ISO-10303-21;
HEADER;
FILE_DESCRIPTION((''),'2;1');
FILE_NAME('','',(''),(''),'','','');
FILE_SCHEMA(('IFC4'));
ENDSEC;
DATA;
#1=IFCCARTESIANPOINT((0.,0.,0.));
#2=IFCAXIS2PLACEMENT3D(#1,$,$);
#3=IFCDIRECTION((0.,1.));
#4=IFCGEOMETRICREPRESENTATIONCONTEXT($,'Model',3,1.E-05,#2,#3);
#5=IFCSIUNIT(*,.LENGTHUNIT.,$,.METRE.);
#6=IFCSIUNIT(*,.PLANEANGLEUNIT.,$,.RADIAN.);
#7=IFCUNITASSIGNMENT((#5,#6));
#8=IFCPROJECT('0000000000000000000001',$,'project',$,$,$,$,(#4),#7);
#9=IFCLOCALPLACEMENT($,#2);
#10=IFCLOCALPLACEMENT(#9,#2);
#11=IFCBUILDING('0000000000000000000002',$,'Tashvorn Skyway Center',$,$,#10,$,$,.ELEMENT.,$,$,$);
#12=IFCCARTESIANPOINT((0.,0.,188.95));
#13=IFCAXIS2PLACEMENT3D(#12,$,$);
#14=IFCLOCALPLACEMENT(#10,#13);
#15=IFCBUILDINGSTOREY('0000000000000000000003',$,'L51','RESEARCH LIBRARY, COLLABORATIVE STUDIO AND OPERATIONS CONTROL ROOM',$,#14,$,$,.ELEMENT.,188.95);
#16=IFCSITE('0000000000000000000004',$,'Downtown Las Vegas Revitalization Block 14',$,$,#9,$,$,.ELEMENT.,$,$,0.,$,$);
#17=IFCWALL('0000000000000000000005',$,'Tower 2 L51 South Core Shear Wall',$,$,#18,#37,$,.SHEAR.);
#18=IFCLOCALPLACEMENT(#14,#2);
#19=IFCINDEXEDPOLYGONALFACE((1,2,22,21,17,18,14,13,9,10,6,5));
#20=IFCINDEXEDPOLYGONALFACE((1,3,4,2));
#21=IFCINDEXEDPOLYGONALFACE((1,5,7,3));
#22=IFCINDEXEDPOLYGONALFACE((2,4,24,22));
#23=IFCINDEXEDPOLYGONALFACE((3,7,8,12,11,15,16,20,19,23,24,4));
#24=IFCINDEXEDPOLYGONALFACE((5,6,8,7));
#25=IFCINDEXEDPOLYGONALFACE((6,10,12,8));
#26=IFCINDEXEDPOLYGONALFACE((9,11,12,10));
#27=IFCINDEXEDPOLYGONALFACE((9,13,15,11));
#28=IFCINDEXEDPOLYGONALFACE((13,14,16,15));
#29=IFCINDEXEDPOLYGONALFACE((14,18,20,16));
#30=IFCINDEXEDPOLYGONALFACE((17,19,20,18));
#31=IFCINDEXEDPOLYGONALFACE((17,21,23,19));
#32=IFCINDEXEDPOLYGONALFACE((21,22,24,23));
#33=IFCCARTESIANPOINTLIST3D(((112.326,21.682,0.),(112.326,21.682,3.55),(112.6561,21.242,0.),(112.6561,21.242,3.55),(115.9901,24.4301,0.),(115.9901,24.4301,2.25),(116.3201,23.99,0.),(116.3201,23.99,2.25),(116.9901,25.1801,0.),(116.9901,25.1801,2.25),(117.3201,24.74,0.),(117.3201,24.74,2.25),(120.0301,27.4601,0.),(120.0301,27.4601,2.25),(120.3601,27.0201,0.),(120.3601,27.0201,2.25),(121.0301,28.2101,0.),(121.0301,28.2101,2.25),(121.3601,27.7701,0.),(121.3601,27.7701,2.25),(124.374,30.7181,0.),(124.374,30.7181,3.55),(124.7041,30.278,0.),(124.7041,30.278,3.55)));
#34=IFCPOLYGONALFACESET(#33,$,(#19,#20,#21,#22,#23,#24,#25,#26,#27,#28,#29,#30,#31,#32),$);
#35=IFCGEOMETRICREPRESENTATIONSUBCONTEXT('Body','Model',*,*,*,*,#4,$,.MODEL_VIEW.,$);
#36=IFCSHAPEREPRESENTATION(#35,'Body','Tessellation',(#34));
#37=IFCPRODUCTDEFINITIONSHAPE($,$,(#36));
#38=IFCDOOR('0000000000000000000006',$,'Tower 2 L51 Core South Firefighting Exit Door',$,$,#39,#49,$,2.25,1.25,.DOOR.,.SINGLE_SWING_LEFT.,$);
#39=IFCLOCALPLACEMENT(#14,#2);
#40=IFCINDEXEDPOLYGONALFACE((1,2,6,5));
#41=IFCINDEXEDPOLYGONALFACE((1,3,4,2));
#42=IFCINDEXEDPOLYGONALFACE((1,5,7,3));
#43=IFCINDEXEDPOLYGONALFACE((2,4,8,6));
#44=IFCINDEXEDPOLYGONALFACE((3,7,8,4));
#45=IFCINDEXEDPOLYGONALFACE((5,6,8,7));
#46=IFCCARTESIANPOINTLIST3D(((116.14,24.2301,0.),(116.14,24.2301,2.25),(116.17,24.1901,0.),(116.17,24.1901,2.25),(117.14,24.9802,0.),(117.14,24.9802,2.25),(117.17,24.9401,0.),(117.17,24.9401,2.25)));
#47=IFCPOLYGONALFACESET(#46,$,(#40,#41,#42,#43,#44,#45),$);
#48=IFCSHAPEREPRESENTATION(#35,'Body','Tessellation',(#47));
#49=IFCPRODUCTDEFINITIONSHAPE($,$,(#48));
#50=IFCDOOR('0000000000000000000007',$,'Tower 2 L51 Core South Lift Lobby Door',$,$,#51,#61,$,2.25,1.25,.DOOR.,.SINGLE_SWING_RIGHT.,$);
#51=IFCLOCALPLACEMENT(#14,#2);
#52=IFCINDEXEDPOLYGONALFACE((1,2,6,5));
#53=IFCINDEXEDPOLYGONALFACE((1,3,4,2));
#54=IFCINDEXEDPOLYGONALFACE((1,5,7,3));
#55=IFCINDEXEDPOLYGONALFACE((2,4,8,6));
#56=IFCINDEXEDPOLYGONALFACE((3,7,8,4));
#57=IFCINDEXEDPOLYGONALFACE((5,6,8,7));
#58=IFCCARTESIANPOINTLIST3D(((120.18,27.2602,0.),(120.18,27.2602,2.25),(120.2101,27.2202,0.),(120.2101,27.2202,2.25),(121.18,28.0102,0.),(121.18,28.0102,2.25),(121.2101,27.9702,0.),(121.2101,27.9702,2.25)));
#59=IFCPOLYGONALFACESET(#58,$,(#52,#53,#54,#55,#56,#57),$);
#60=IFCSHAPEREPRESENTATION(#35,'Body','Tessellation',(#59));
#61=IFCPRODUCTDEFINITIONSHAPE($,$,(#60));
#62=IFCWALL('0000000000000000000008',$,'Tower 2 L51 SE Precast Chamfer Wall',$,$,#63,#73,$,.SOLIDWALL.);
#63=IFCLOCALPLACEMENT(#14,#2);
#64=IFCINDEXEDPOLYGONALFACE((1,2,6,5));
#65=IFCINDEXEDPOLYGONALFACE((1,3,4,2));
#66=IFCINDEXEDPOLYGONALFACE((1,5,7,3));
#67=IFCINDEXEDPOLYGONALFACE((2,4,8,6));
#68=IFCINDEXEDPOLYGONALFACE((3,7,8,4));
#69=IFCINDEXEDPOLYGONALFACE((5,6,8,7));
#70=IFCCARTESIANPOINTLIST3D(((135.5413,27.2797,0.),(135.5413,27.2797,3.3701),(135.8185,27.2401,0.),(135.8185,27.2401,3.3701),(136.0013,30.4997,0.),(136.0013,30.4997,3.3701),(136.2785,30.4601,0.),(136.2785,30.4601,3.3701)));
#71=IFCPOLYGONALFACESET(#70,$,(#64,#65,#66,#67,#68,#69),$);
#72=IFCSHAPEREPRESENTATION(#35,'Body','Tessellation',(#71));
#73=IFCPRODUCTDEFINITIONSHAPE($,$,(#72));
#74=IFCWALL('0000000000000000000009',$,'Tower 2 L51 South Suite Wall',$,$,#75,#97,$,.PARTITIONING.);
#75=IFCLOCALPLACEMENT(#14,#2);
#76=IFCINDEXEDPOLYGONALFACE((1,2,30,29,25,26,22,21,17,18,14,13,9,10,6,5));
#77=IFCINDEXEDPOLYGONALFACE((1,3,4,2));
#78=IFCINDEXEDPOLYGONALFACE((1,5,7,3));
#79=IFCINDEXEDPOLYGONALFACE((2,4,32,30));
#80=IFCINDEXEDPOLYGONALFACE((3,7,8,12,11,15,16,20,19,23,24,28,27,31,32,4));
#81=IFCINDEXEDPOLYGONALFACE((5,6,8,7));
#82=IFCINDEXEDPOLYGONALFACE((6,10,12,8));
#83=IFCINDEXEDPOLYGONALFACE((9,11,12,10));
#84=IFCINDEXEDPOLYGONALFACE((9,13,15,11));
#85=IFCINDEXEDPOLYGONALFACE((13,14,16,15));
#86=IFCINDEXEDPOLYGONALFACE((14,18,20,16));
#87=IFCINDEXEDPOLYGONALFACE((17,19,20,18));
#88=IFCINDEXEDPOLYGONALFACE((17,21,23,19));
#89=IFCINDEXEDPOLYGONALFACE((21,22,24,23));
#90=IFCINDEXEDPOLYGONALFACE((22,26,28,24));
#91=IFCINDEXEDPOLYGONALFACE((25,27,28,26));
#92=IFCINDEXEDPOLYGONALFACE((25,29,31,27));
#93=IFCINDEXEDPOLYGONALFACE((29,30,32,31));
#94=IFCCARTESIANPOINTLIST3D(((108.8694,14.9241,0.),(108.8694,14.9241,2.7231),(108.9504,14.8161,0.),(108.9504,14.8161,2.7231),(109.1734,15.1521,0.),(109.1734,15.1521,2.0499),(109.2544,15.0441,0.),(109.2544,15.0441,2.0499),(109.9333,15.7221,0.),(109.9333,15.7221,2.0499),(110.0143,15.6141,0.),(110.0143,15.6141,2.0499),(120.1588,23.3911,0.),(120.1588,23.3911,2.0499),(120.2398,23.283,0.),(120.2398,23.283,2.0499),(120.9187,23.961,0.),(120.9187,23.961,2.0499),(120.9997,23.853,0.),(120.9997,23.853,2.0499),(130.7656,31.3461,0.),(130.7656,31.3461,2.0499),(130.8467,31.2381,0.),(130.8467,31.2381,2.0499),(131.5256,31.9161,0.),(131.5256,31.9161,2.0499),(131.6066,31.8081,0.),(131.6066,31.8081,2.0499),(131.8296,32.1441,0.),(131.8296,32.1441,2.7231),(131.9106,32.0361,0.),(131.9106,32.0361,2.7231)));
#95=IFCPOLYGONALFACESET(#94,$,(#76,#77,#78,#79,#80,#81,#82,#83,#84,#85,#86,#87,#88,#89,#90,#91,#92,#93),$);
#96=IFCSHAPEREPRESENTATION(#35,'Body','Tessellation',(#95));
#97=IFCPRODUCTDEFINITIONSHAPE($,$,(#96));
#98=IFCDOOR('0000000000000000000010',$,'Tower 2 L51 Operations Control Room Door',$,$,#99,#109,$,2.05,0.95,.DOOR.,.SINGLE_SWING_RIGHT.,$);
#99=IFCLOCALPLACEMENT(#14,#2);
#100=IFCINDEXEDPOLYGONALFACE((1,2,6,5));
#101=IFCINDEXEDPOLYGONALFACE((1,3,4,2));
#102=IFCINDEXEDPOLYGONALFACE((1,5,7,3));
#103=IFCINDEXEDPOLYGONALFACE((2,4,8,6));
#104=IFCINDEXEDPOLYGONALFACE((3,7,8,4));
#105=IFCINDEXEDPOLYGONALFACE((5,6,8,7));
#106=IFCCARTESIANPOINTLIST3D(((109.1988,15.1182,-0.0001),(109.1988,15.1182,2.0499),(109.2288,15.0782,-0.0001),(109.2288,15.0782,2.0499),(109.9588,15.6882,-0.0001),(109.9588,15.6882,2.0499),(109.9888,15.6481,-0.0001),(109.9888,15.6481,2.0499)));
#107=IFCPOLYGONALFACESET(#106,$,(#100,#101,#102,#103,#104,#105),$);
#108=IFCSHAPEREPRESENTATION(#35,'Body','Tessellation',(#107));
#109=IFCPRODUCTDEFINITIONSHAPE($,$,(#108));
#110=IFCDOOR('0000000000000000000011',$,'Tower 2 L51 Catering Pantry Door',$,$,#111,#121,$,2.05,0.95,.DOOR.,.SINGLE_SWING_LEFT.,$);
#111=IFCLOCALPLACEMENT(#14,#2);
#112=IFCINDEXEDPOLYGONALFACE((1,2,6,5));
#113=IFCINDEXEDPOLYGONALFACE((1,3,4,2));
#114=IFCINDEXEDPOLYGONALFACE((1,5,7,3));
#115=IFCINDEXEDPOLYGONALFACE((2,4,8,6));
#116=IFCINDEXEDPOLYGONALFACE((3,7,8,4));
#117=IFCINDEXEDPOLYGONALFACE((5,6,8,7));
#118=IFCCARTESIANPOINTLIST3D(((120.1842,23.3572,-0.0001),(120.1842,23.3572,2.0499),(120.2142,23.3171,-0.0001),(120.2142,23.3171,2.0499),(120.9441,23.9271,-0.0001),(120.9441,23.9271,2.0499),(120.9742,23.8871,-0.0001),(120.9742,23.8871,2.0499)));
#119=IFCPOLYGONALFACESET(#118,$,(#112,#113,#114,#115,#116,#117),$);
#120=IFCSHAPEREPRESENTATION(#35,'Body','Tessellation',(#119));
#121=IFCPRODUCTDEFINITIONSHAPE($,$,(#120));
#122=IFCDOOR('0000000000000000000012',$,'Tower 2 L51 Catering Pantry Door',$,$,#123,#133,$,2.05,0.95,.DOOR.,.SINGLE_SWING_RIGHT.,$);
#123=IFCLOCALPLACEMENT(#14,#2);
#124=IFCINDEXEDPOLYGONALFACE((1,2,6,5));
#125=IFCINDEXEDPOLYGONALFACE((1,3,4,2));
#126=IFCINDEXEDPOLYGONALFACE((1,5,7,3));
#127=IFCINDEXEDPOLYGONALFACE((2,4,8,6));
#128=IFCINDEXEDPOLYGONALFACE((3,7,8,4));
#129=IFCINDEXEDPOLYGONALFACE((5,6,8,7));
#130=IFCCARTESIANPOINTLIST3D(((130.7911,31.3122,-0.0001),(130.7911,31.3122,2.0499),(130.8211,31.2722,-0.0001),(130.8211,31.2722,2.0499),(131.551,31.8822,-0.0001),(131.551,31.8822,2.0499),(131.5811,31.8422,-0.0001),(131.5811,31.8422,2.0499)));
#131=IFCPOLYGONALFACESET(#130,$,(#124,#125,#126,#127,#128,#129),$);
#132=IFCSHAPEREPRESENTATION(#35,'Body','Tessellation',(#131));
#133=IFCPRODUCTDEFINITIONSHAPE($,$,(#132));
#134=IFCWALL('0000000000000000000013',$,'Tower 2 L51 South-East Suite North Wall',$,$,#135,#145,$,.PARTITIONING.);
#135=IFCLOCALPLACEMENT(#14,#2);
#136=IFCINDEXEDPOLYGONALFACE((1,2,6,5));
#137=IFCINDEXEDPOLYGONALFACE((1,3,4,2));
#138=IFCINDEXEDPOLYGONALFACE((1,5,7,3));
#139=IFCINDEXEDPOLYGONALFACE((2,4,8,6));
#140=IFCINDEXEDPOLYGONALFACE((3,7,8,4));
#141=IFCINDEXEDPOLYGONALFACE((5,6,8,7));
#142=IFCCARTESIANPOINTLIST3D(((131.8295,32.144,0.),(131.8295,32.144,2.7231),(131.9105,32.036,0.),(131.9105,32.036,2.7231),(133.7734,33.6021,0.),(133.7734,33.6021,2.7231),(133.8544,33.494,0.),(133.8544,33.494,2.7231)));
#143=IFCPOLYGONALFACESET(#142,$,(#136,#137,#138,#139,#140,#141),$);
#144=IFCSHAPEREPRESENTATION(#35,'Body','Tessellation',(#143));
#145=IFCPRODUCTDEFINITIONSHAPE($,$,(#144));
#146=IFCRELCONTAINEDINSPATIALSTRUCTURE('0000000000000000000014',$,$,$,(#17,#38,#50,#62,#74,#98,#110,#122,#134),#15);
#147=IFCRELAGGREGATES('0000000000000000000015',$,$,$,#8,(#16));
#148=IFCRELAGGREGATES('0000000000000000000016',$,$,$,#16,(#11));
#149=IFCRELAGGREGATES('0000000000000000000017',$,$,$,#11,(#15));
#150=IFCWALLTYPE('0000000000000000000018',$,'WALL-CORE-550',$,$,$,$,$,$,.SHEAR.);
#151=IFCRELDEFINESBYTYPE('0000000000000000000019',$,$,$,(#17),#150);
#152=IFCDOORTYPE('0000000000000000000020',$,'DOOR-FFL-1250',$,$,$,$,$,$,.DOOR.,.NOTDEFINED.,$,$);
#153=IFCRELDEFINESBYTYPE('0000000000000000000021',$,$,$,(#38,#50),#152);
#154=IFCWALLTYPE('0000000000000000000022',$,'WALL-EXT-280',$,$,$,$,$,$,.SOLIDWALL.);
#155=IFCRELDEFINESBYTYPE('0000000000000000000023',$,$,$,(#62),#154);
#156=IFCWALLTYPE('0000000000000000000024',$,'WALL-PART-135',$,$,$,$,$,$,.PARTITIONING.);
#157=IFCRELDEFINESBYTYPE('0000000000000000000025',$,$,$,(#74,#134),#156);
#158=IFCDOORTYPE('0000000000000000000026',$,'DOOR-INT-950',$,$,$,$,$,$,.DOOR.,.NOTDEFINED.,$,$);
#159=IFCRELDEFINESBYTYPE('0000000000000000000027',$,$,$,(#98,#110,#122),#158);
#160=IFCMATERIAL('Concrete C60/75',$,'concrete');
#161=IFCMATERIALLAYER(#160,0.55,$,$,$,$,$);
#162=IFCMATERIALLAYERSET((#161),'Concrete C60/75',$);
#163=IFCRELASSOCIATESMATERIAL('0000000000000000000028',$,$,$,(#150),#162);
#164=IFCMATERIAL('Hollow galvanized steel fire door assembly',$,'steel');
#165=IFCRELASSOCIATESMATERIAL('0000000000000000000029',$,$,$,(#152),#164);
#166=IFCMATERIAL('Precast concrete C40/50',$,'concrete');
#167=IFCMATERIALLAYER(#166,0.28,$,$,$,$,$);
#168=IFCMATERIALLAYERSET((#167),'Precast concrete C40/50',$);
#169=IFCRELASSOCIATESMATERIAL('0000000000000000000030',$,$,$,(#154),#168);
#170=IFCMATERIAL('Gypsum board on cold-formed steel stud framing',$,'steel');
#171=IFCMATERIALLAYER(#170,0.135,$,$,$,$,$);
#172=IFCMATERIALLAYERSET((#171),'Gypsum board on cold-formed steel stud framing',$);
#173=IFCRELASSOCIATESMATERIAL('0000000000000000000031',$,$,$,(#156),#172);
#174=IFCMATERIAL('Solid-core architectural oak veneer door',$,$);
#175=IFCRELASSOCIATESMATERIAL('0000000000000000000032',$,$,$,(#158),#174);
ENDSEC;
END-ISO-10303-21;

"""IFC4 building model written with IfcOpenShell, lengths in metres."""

from ifc_helpers import new_model, si_unit, direction, frame, frame_2d, origin, place, context, subcontext, project, spatial, rectangle, extrude, material, layer, layer_set, type_object, element, fill, save


model = new_model("IFC4")

# Units and contexts
model_context = context("Model", 3, precision=1e-05, world=origin(), true_north=direction((0.0, 1.0)))
body_context = subcontext(model_context, "Body", "Model", "MODEL_VIEW")
ifc_project = project(units=[si_unit("LENGTHUNIT", "METRE"), si_unit("PLANEANGLEUNIT", "RADIAN")], contexts=[model_context])

# Site, building, storey
site_placement = place(None, origin())
site = spatial("IfcSite", under=ifc_project, at=site_placement, Name="Downtown Las Vegas Revitalization Block 14", CompositionType="ELEMENT", RefElevation=0.0)
building_placement = place(site_placement, origin())
building = spatial("IfcBuilding", under=site, at=building_placement, Name="Tashvorn Skyway Center", CompositionType="ELEMENT")
storey_placement = place(building_placement, frame((0.0, 0.0, 188.95)))
storey = spatial("IfcBuildingStorey", under=building, at=storey_placement, Name="L51", Description="RESEARCH LIBRARY, COLLABORATIVE STUDIO AND OPERATIONS CONTROL ROOM", CompositionType="ELEMENT", Elevation=188.95)

# Wall, openings, doors
ifc_material_1 = material(Name="Concrete C60/75", Category="concrete")
ifc_layer_1 = layer(ifc_material_1, 0.55)
ifc_layer_set_1 = layer_set([ifc_layer_1], Name="Concrete C60/75")
wall_type_1 = type_object("IfcWallType", Name="WALL-CORE-550", PredefinedType="SHEAR", material=ifc_layer_set_1)
wall_1_placement = place(storey_placement, frame((124.5391, 30.498, 0.0), z_axis=(0.0, 0.0, 1.0), x_axis=(-0.799998, -0.600003, 0.0)))
wall_1 = element("IfcWall", 1, at=wall_1_placement, inside=storey, type_object=wall_type_1, Name="Tower 2 L51 South Core Shear Wall", PredefinedType="SHEAR", context=body_context, shape_type="SweptSolid", body=[
    extrude(rectangle(XDim=15.0601, YDim=0.55, at=frame_2d((7.53, 0.0))), origin(), (0.0, 0.0, 1.0), 3.55),
])
opening_1_placement = place(wall_1_placement, frame((9.23, 0.0, 0.0)))
opening_1 = element("IfcOpeningElement", 2, at=opening_1_placement, cuts=wall_1, PredefinedType="OPENING", context=body_context, shape_type="SweptSolid", body=[
    extrude(rectangle(XDim=1.25, YDim=2.25, at=frame_2d((0.625, 1.125))), frame((0.0, 0.2849, 0.0), z_axis=(0.0, -1.0, 0.0), x_axis=(1.0, 0.0, 0.0)), (0.0, 0.0, 1.0), 0.5701),
])
opening_2_placement = place(wall_1_placement, frame((4.1799, 0.0, 0.0)))
opening_2 = element("IfcOpeningElement", 3, at=opening_2_placement, cuts=wall_1, PredefinedType="OPENING", context=body_context, shape_type="SweptSolid", body=[
    extrude(rectangle(XDim=1.25, YDim=2.25, at=frame_2d((0.625, 1.125))), frame((0.0, 0.2849, 0.0), z_axis=(0.0, -1.0, 0.0), x_axis=(1.0, 0.0, 0.0)), (0.0, 0.0, 1.0), 0.5701),
])
ifc_material_2 = material(Name="Hollow galvanized steel fire door assembly", Category="steel")
door_type_1 = type_object("IfcDoorType", Name="DOOR-FFL-1250", OperationType="NOTDEFINED", PredefinedType="DOOR", material=ifc_material_2)
door_1_placement = place(opening_1_placement, origin())
door_1 = element("IfcDoor", 4, at=door_1_placement, inside=storey, type_object=door_type_1, Name="Tower 2 L51 Core South Firefighting Exit Door", OperationType="SINGLE_SWING_LEFT", OverallHeight=2.25, OverallWidth=1.25, PredefinedType="DOOR", context=body_context, shape_type="SweptSolid", body=[
    extrude(rectangle(XDim=1.25, YDim=2.25, at=frame_2d((0.625, 1.125))), frame((0.0, 0.0249, 0.0), z_axis=(0.0, -1.0, 0.0), x_axis=(1.0, 0.0, 0.0)), (0.0, 0.0, 1.0), 0.05),
])
fill(opening_1, door_1)
door_2_placement = place(opening_2_placement, origin())
door_2 = element("IfcDoor", 5, at=door_2_placement, inside=storey, type_object=door_type_1, Name="Tower 2 L51 Core South Lift Lobby Door", OperationType="SINGLE_SWING_RIGHT", OverallHeight=2.25, OverallWidth=1.25, PredefinedType="DOOR", context=body_context, shape_type="SweptSolid", body=[
    extrude(rectangle(XDim=1.25, YDim=2.25, at=frame_2d((0.625, 1.125))), frame((0.0, 0.0249, 0.0), z_axis=(0.0, -1.0, 0.0), x_axis=(1.0, 0.0, 0.0)), (0.0, 0.0, 1.0), 0.05),
])
fill(opening_2, door_2)

# Wall
ifc_material_3 = material(Name="Precast concrete C40/50", Category="concrete")
ifc_layer_2 = layer(ifc_material_3, 0.28)
ifc_layer_set_2 = layer_set([ifc_layer_2], Name="Precast concrete C40/50")
wall_type_2 = type_object("IfcWallType", Name="WALL-EXT-280", PredefinedType="SOLIDWALL", material=ifc_layer_set_2)
wall_2_placement = place(storey_placement, frame((136.1399, 30.48, 0.0), z_axis=(0.0, 0.0, 1.0), x_axis=(-0.141411, -0.989951, 0.0)))
element("IfcWall", 6, at=wall_2_placement, inside=storey, type_object=wall_type_2, Name="Tower 2 L51 SE Precast Chamfer Wall", PredefinedType="SOLIDWALL", context=body_context, shape_type="SweptSolid", body=[
    extrude(rectangle(XDim=3.2527, YDim=0.28, at=frame_2d((1.6265, 0.0))), origin(), (0.0, 0.0, 1.0), 3.3701),
])

# Wall, openings, doors
ifc_material_4 = material(Name="Gypsum board on cold-formed steel stud framing", Category="steel")
ifc_layer_3 = layer(ifc_material_4, 0.135)
ifc_layer_set_3 = layer_set([ifc_layer_3], Name="Gypsum board on cold-formed steel stud framing")
wall_type_3 = type_object("IfcWallType", Name="WALL-PART-135", PredefinedType="PARTITIONING", material=ifc_layer_set_3)
wall_3_placement = place(storey_placement, frame((131.8701, 32.0901, 0.0), z_axis=(0.0, 0.0, 1.0), x_axis=(-0.800003, -0.599996, 0.0)))
wall_3 = element("IfcWall", 7, at=wall_3_placement, inside=storey, type_object=wall_type_3, Name="Tower 2 L51 South Suite Wall", PredefinedType="PARTITIONING", context=body_context, shape_type="SweptSolid", body=[
    extrude(rectangle(XDim=28.7002, YDim=0.135, at=frame_2d((14.3501, 0.0))), origin(), (0.0, 0.0, 1.0), 2.7231),
])
opening_3_placement = place(wall_3_placement, frame((27.3701, 0.0, 0.0)))
opening_3 = element("IfcOpeningElement", 8, at=opening_3_placement, cuts=wall_3, PredefinedType="OPENING", context=body_context, shape_type="SweptSolid", body=[
    extrude(rectangle(XDim=0.95, YDim=2.05, at=frame_2d((0.4751, 1.0249))), frame((0.0, 0.0774, 0.0), z_axis=(0.0, -1.0, 0.0), x_axis=(1.0, 0.0, 0.0)), (0.0, 0.0, 1.0), 0.155),
])
opening_4_placement = place(wall_3_placement, frame((13.6384, 0.0, 0.0)))
opening_4 = element("IfcOpeningElement", 9, at=opening_4_placement, cuts=wall_3, PredefinedType="OPENING", context=body_context, shape_type="SweptSolid", body=[
    extrude(rectangle(XDim=0.95, YDim=2.05, at=frame_2d((0.4751, 1.0249))), frame((0.0, 0.0774, 0.0), z_axis=(0.0, -1.0, 0.0), x_axis=(1.0, 0.0, 0.0)), (0.0, 0.0, 1.0), 0.155),
])
opening_5_placement = place(wall_3_placement, frame((0.3799, 0.0, 0.0)))
opening_5 = element("IfcOpeningElement", 10, at=opening_5_placement, cuts=wall_3, PredefinedType="OPENING", context=body_context, shape_type="SweptSolid", body=[
    extrude(rectangle(XDim=0.95, YDim=2.05, at=frame_2d((0.4751, 1.0249))), frame((0.0, 0.0774, 0.0), z_axis=(0.0, -1.0, 0.0), x_axis=(1.0, 0.0, 0.0)), (0.0, 0.0, 1.0), 0.155),
])
ifc_material_5 = material(Name="Solid-core architectural oak veneer door")
door_type_2 = type_object("IfcDoorType", Name="DOOR-INT-950", OperationType="NOTDEFINED", PredefinedType="DOOR", material=ifc_material_5)
door_3_placement = place(opening_3_placement, origin())
door_3 = element("IfcDoor", 11, at=door_3_placement, inside=storey, type_object=door_type_2, Name="Tower 2 L51 Operations Control Room Door", OperationType="SINGLE_SWING_RIGHT", OverallHeight=2.05, OverallWidth=0.95, PredefinedType="DOOR", context=body_context, shape_type="SweptSolid", body=[
    extrude(rectangle(XDim=0.95, YDim=2.05, at=frame_2d((0.4751, 1.0249))), frame((0.0, 0.0249, 0.0), z_axis=(0.0, -1.0, 0.0), x_axis=(1.0, 0.0, 0.0)), (0.0, 0.0, 1.0), 0.05),
])
fill(opening_3, door_3)
door_4_placement = place(opening_4_placement, origin())
door_4 = element("IfcDoor", 12, at=door_4_placement, inside=storey, type_object=door_type_2, Name="Tower 2 L51 Catering Pantry Door", OperationType="SINGLE_SWING_LEFT", OverallHeight=2.05, OverallWidth=0.95, PredefinedType="DOOR", context=body_context, shape_type="SweptSolid", body=[
    extrude(rectangle(XDim=0.95, YDim=2.05, at=frame_2d((0.4751, 1.0249))), frame((0.0, 0.0249, 0.0), z_axis=(0.0, -1.0, 0.0), x_axis=(1.0, 0.0, 0.0)), (0.0, 0.0, 1.0), 0.05),
])
fill(opening_4, door_4)
door_5_placement = place(opening_5_placement, origin())
door_5 = element("IfcDoor", 13, at=door_5_placement, inside=storey, type_object=door_type_2, Name="Tower 2 L51 Catering Pantry Door", OperationType="SINGLE_SWING_RIGHT", OverallHeight=2.05, OverallWidth=0.95, PredefinedType="DOOR", context=body_context, shape_type="SweptSolid", body=[
    extrude(rectangle(XDim=0.95, YDim=2.05, at=frame_2d((0.4751, 1.0249))), frame((0.0, 0.0249, 0.0), z_axis=(0.0, -1.0, 0.0), x_axis=(1.0, 0.0, 0.0)), (0.0, 0.0, 1.0), 0.05),
])
fill(opening_5, door_5)

# Wall
wall_4_placement = place(storey_placement, frame((131.8701, 32.0901, 0.0), z_axis=(0.0, 0.0, 1.0), x_axis=(0.799976, 0.600032, 0.0)))
element("IfcWall", 14, at=wall_4_placement, inside=storey, type_object=wall_type_3, Name="Tower 2 L51 South-East Suite North Wall", PredefinedType="PARTITIONING", context=body_context, shape_type="SweptSolid", body=[
    extrude(rectangle(XDim=2.4299, YDim=0.135, at=frame_2d((1.2148, 0.0))), origin(), (0.0, 0.0, 1.0), 2.7231),
])

save(model, "model.ifc")
